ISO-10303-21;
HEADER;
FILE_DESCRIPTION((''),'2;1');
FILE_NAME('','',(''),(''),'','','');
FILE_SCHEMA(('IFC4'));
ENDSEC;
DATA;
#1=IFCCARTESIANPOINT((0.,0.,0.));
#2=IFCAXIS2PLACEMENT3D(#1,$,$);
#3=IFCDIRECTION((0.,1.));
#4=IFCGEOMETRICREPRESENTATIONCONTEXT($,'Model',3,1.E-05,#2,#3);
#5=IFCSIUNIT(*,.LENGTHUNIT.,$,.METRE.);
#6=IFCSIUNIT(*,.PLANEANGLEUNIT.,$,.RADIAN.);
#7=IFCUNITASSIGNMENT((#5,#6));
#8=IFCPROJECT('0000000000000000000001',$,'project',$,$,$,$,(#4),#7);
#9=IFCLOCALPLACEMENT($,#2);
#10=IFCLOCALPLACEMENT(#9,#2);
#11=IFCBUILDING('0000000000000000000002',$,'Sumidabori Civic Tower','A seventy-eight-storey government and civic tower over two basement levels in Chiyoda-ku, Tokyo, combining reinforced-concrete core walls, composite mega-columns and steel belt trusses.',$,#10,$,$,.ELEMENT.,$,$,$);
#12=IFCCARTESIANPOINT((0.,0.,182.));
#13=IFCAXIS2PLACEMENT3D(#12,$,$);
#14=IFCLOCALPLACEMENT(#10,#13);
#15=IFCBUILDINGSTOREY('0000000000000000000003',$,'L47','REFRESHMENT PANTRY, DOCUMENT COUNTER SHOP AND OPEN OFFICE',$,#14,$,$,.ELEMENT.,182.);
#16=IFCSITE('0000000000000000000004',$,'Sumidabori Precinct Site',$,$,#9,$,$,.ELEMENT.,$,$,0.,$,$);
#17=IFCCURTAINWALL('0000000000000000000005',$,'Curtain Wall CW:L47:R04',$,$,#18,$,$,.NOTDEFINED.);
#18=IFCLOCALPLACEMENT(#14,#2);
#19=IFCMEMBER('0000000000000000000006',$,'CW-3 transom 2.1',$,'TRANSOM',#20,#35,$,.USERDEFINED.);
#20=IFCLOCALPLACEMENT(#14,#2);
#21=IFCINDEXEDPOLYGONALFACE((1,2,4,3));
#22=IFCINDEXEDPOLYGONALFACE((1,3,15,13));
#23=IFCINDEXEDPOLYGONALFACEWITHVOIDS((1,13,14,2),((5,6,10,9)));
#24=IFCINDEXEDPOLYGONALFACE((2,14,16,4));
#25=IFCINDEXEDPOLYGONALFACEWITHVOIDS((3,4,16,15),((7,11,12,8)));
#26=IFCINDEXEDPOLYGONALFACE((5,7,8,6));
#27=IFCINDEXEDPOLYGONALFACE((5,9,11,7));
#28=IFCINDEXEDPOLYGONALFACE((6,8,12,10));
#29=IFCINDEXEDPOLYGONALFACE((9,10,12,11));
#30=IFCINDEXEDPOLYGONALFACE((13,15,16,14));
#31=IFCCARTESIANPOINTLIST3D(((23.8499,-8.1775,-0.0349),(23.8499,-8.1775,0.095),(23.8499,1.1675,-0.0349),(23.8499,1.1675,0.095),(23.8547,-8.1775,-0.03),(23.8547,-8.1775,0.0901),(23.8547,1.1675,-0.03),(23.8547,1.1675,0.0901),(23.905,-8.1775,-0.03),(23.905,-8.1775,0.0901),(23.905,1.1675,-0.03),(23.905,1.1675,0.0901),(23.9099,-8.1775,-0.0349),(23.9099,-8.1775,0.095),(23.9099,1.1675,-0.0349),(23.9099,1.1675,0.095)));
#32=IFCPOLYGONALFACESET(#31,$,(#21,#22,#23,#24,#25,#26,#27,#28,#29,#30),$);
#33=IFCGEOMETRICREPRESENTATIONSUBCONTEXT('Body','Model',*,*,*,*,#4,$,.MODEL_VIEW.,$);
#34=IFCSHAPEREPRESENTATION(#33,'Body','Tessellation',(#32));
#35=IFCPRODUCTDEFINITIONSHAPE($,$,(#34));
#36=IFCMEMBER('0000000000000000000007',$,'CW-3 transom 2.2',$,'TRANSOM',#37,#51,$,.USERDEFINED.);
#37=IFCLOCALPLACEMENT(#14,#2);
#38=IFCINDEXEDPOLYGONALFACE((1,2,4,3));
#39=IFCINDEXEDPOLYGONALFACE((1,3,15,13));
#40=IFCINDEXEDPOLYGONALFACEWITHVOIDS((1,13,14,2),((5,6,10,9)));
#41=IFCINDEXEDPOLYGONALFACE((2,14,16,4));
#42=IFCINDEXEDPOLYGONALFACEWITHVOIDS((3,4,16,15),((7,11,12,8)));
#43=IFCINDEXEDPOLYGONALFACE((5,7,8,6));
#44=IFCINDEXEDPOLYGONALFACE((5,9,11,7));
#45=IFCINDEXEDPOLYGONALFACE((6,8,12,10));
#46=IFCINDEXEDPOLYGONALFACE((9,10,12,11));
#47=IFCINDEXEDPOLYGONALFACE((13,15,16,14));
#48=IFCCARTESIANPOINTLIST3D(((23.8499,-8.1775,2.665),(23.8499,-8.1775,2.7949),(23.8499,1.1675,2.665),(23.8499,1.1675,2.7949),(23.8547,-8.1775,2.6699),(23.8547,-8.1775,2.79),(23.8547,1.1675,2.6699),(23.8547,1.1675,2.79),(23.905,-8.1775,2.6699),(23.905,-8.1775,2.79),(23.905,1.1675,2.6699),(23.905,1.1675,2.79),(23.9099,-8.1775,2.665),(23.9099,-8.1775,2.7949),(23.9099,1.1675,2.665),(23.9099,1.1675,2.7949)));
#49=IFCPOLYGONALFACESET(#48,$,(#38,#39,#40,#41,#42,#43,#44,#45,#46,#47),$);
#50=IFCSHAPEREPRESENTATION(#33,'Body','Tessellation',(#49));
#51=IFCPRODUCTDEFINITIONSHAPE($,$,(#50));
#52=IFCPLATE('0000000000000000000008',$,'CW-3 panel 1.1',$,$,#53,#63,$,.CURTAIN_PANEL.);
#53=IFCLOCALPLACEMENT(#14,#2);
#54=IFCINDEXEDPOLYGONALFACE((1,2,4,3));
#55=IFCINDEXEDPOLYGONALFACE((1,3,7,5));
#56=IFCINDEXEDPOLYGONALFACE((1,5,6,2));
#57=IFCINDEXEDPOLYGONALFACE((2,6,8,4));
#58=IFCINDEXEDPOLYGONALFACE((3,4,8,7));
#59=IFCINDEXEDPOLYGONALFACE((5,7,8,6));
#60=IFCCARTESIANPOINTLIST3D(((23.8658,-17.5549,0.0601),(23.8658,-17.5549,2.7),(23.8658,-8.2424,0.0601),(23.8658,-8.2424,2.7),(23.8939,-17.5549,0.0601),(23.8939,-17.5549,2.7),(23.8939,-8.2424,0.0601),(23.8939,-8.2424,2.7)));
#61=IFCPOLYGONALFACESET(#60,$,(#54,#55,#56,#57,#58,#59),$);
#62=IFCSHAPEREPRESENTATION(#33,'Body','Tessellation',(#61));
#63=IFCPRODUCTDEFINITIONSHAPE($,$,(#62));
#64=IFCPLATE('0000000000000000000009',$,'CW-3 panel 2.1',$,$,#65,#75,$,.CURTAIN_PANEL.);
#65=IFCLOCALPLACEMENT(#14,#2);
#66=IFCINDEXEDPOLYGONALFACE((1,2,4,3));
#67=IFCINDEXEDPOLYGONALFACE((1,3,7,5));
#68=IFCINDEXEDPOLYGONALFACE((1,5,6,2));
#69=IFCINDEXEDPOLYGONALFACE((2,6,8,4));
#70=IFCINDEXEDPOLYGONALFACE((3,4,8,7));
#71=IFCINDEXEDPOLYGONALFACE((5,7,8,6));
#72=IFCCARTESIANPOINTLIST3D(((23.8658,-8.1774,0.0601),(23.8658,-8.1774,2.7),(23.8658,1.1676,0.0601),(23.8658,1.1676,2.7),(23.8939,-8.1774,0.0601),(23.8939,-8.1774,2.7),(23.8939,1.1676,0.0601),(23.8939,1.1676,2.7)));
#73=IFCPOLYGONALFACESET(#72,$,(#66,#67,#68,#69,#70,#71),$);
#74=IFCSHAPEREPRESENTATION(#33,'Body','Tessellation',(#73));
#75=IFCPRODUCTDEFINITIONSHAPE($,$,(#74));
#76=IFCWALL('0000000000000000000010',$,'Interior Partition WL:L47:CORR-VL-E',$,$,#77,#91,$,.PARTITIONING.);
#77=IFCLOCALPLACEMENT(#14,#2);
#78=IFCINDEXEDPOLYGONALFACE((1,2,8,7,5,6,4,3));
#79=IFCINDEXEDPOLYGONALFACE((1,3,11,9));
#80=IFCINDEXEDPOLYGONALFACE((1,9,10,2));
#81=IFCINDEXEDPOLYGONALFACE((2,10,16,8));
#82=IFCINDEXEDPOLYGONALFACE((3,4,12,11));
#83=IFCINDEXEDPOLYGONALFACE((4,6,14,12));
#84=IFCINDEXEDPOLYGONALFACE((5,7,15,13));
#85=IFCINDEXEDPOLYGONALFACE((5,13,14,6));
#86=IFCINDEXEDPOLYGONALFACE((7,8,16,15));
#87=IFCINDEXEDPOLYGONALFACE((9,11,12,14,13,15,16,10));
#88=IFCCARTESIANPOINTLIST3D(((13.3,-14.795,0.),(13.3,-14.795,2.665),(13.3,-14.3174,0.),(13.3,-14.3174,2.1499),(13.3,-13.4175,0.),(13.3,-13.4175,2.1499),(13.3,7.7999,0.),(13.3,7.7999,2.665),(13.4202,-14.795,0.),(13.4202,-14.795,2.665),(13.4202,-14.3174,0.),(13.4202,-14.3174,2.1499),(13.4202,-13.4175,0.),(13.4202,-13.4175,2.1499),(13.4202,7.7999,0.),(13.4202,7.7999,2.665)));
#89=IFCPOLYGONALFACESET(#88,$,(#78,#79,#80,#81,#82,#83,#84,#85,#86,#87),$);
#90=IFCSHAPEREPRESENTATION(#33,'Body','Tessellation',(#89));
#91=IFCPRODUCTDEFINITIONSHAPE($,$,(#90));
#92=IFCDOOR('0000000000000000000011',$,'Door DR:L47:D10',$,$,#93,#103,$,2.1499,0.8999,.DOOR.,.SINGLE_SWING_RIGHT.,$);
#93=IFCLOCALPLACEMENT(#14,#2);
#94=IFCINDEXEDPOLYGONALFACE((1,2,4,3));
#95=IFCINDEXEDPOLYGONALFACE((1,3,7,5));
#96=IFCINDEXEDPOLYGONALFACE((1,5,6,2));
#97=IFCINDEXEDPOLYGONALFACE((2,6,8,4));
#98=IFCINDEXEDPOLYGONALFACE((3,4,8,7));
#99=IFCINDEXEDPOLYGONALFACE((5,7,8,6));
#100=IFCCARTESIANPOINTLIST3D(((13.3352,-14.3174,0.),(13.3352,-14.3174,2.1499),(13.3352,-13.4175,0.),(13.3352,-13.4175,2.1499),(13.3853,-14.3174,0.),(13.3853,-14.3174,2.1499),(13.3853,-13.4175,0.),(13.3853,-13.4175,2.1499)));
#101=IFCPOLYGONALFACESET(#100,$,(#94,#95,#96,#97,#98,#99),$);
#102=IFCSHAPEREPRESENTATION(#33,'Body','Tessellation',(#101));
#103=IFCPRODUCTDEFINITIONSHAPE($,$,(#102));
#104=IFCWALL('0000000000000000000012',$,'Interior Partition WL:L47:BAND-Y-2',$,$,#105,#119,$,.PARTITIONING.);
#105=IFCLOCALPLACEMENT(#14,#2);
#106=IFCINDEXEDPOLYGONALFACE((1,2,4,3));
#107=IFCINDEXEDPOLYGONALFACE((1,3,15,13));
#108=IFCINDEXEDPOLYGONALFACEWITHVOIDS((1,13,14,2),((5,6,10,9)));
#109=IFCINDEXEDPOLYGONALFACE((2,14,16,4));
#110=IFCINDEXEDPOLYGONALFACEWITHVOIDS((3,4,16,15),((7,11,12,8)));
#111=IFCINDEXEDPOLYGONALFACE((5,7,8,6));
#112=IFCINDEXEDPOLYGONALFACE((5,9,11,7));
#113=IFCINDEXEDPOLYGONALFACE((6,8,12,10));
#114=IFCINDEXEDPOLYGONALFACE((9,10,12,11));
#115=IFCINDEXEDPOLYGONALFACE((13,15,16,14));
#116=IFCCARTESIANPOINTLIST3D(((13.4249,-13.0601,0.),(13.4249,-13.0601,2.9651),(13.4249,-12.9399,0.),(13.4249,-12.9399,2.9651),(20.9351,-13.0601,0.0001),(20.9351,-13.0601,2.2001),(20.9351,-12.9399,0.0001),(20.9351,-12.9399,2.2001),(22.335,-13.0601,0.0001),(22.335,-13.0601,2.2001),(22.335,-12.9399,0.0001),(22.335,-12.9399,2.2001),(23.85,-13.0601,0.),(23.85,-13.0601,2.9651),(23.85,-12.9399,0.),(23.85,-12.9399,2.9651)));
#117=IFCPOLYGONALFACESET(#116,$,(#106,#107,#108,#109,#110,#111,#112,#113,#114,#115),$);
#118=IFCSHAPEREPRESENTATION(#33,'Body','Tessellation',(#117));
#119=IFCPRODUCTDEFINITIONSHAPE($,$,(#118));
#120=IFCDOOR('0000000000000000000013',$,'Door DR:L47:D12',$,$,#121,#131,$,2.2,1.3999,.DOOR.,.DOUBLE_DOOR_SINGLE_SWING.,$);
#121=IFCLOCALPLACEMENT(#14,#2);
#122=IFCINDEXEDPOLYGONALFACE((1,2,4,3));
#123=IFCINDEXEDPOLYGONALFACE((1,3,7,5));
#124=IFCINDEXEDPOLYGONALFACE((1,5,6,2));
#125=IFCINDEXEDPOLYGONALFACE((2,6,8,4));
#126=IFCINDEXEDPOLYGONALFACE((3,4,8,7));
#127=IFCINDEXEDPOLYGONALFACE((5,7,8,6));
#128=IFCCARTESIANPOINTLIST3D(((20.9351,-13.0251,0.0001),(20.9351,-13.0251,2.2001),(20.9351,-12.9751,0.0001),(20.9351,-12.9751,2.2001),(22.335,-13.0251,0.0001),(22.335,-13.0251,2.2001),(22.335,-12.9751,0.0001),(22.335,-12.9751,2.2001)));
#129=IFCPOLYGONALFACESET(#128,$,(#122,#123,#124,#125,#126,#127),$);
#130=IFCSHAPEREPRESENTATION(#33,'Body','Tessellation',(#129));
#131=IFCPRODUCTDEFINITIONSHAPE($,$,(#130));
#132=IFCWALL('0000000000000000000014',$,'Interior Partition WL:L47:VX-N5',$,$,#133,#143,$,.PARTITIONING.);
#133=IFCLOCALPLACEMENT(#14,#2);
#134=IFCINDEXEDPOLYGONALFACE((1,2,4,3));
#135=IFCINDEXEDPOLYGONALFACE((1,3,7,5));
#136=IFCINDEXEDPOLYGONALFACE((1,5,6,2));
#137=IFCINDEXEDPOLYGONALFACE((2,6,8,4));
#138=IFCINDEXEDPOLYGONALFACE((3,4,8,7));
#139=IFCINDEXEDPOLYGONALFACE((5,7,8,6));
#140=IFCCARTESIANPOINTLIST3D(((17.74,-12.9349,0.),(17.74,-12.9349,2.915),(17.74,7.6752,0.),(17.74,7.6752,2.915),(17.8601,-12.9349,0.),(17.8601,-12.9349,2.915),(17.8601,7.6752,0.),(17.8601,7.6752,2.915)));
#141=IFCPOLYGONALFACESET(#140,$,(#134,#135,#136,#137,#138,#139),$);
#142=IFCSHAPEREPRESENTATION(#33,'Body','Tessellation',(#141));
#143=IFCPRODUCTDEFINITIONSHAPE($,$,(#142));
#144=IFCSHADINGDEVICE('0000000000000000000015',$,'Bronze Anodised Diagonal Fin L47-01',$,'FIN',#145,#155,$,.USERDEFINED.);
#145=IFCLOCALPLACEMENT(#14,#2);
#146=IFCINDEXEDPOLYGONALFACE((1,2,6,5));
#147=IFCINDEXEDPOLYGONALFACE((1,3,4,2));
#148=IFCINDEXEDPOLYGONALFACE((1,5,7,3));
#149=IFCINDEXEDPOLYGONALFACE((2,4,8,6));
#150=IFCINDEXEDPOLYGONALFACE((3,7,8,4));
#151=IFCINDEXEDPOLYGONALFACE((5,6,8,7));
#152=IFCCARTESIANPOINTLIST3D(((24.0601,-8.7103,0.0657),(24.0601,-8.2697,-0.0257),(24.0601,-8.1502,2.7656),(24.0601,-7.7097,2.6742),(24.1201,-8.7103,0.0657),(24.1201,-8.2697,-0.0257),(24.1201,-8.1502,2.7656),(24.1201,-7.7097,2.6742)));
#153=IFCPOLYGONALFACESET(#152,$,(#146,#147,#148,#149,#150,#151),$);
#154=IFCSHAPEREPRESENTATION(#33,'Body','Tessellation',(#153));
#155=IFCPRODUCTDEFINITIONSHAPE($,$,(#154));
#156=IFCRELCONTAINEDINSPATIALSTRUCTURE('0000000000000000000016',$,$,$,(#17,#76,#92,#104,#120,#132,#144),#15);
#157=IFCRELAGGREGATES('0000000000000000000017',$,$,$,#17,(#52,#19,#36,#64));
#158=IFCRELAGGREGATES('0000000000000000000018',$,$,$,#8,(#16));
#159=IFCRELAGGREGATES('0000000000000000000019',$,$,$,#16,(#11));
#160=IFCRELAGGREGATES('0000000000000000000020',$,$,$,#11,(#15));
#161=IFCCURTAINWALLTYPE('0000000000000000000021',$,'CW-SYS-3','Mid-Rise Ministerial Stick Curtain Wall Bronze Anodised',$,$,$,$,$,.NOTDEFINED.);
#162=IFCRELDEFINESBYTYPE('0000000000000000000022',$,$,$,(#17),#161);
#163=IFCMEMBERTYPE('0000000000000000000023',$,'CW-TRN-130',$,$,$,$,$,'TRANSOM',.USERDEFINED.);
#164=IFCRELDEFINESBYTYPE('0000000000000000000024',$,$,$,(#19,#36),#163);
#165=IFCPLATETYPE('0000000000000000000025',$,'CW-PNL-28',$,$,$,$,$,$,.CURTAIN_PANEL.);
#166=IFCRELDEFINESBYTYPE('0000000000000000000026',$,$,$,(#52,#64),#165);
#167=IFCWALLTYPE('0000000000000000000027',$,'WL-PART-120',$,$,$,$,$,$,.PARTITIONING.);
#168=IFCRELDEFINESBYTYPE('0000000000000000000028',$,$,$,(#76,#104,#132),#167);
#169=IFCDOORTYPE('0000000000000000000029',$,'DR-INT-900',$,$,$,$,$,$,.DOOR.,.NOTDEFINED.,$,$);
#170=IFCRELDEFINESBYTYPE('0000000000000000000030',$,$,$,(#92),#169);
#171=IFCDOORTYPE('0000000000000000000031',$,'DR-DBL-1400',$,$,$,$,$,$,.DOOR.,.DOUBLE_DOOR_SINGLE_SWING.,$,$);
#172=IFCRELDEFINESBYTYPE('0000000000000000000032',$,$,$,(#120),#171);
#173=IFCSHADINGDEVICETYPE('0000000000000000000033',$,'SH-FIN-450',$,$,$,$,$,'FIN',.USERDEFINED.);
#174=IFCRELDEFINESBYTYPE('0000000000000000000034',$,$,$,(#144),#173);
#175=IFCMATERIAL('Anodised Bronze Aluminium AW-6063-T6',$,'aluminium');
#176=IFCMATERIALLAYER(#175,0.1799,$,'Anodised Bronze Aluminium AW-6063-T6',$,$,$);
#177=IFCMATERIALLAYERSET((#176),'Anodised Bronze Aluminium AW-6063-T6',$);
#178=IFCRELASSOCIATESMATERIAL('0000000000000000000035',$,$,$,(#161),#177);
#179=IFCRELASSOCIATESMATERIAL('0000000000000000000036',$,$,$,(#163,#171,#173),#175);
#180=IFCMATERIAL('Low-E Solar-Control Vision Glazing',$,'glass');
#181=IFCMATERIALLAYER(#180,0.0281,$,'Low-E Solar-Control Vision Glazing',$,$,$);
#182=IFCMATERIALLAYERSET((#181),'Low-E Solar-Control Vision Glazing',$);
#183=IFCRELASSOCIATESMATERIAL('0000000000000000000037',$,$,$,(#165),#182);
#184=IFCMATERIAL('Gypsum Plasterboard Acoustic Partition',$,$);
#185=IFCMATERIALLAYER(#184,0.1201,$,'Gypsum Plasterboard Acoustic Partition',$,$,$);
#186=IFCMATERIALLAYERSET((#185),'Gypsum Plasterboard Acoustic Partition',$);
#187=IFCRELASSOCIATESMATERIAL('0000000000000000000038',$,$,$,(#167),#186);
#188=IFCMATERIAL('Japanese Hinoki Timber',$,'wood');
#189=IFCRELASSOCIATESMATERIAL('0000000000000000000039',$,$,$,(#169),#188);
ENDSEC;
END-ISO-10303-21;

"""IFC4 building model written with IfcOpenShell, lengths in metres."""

from ifc_helpers import new_model, si_unit, direction, frame, frame_2d, origin, origin_2d, place, context, subcontext, project, spatial, rectangle, hollow_rectangle, extrude, source, transform, mapped, material, layer, layer_set, material_profile, profile_set, type_object, element, fill, aggregate, save


model = new_model("IFC4")

# Units and contexts
model_context = context("Model", 3, precision=1e-05, world=origin(), true_north=direction((0.0, 1.0)))
body_context = subcontext(model_context, "Body", "Model", "MODEL_VIEW")
ifc_project = project(units=[si_unit("LENGTHUNIT", "METRE"), si_unit("PLANEANGLEUNIT", "RADIAN")], contexts=[model_context])

# Site, building, storey
site_placement = place(None, origin())
site = spatial("IfcSite", under=ifc_project, at=site_placement, Name="Sumidabori Precinct Site", CompositionType="ELEMENT", RefElevation=0.0)
building_placement = place(site_placement, origin())
building = spatial("IfcBuilding", under=site, at=building_placement, Name="Sumidabori Civic Tower", Description="A seventy-eight-storey government and civic tower over two basement levels in Chiyoda-ku, Tokyo, combining reinforced-concrete core walls, composite mega-columns and steel belt trusses.", CompositionType="ELEMENT")
storey_placement = place(building_placement, frame((0.0, 0.0, 182.0)))
storey = spatial("IfcBuildingStorey", under=building, at=storey_placement, Name="L47", Description="REFRESHMENT PANTRY, DOCUMENT COUNTER SHOP AND OPEN OFFICE", CompositionType="ELEMENT", Elevation=182.0)

# Curtain wall, members, plates
ifc_material_1 = material(Name="Anodised Bronze Aluminium AW-6063-T6", Category="aluminium")
ifc_layer_1 = layer(ifc_material_1, 0.1799, Name="Anodised Bronze Aluminium AW-6063-T6")
ifc_layer_set_1 = layer_set([ifc_layer_1], Name="Anodised Bronze Aluminium AW-6063-T6")
curtain_wall_type = type_object("IfcCurtainWallType", Name="CW-SYS-3", Description="Mid-Rise Ministerial Stick Curtain Wall Bronze Anodised", PredefinedType="NOTDEFINED", material=ifc_layer_set_1)
curtain_wall_placement = place(storey_placement, origin())
curtain_wall = element("IfcCurtainWall", 1, at=curtain_wall_placement, inside=storey, type_object=curtain_wall_type, Name="Curtain Wall CW:L47:R04", PredefinedType="NOTDEFINED")
ifc_material_profile_1 = material_profile(ifc_material_1, hollow_rectangle(XDim=0.0601, YDim=0.1299, WallThickness=0.0049, at=origin_2d()), Name="ALU TRANSOM 130x60")
ifc_profile_set_1 = profile_set([ifc_material_profile_1], Name="Anodised Bronze Aluminium AW-6063-T6")
member_type_1 = type_object("IfcMemberType", Name="CW-TRN-130", ElementType="TRANSOM", PredefinedType="USERDEFINED", material=ifc_profile_set_1)
shared_shape_1 = source(origin(), body_context, "Body", "SweptSolid", [
    extrude(hollow_rectangle(XDim=0.0601, YDim=0.1299, WallThickness=0.0049, at=origin_2d()), origin(), (0.0, 0.0, 1.0), 9.345),
])
member_1_placement = place(storey_placement, frame((23.8799, -8.1775, 0.03), z_axis=(0.0, 1.0, 0.0), x_axis=(-1.0, 0.0, 0.0)))
member_1 = element("IfcMember", 2, at=member_1_placement, type_object=member_type_1, Name="CW-3 transom 2.1", ObjectType="TRANSOM", PredefinedType="USERDEFINED", context=body_context, shape_type="MappedRepresentation", body=[
    mapped(shared_shape_1, transform((0.0, 0.0, 0.0), x_axis=(1.0, 0.0, 0.0), y_axis=(0.0, 1.0, 0.0), z_axis=(0.0, 0.0, 1.0), scale=1.0)),
])
member_2_placement = place(storey_placement, frame((23.8799, -8.1775, 2.73), z_axis=(0.0, 1.0, 0.0), x_axis=(-1.0, 0.0, 0.0)))
member_2 = element("IfcMember", 3, at=member_2_placement, type_object=member_type_1, Name="CW-3 transom 2.2", ObjectType="TRANSOM", PredefinedType="USERDEFINED", context=body_context, shape_type="MappedRepresentation", body=[
    mapped(shared_shape_1, transform((0.0, 0.0, 0.0), x_axis=(1.0, 0.0, 0.0), y_axis=(0.0, 1.0, 0.0), z_axis=(0.0, 0.0, 1.0), scale=1.0)),
])
ifc_material_2 = material(Name="Low-E Solar-Control Vision Glazing", Category="glass")
ifc_layer_2 = layer(ifc_material_2, 0.0281, Name="Low-E Solar-Control Vision Glazing")
ifc_layer_set_2 = layer_set([ifc_layer_2], Name="Low-E Solar-Control Vision Glazing")
plate_type = type_object("IfcPlateType", Name="CW-PNL-28", PredefinedType="CURTAIN_PANEL", material=ifc_layer_set_2)
shared_shape_2 = source(origin(), body_context, "Body", "SweptSolid", [
    extrude(rectangle(XDim=9.3125, YDim=0.0281, at=origin_2d()), origin(), (0.0, 0.0, 1.0), 2.6399),
])
plate_1_placement = place(storey_placement, frame((23.8799, -12.8987, 0.0601), z_axis=(0.0, 0.0, 1.0), x_axis=(0.0, 1.0, 0.0)))
plate_1 = element("IfcPlate", 4, at=plate_1_placement, type_object=plate_type, Name="CW-3 panel 1.1", PredefinedType="CURTAIN_PANEL", context=body_context, shape_type="MappedRepresentation", body=[
    mapped(shared_shape_2, transform((0.0, 0.0, 0.0), x_axis=(1.0, 0.0, 0.0), y_axis=(0.0, 1.0, 0.0), z_axis=(0.0, 0.0, 1.0), scale=1.0)),
])
shared_shape_3 = source(origin(), body_context, "Body", "SweptSolid", [
    extrude(rectangle(XDim=9.345, YDim=0.0281, at=origin_2d()), origin(), (0.0, 0.0, 1.0), 2.6399),
])
plate_2_placement = place(storey_placement, frame((23.8799, -3.5049, 0.0601), z_axis=(0.0, 0.0, 1.0), x_axis=(0.0, 1.0, 0.0)))
plate_2 = element("IfcPlate", 5, at=plate_2_placement, type_object=plate_type, Name="CW-3 panel 2.1", PredefinedType="CURTAIN_PANEL", context=body_context, shape_type="MappedRepresentation", body=[
    mapped(shared_shape_3, transform((0.0, 0.0, 0.0), x_axis=(1.0, 0.0, 0.0), y_axis=(0.0, 1.0, 0.0), z_axis=(0.0, 0.0, 1.0), scale=1.0)),
])
aggregate(curtain_wall, [plate_1, member_1, member_2, plate_2])

# Walls, openings, doors
ifc_material_3 = material(Name="Gypsum Plasterboard Acoustic Partition")
ifc_layer_3 = layer(ifc_material_3, 0.1201, Name="Gypsum Plasterboard Acoustic Partition")
ifc_layer_set_3 = layer_set([ifc_layer_3], Name="Gypsum Plasterboard Acoustic Partition")
wall_type = type_object("IfcWallType", Name="WL-PART-120", PredefinedType="PARTITIONING", material=ifc_layer_set_3)
shared_shape_4 = source(origin(), body_context, "Body", "SweptSolid", [
    extrude(rectangle(XDim=22.595, YDim=0.1201, at=frame_2d((11.2974, 0.0))), origin(), (0.0, 0.0, 1.0), 2.665),
])
wall_1_placement = place(storey_placement, frame((13.3601, -14.7949, 0.0), z_axis=(0.0, 0.0, 1.0), x_axis=(0.0, 1.0, 0.0)))
wall_1 = element("IfcWall", 6, at=wall_1_placement, inside=storey, type_object=wall_type, Name="Interior Partition WL:L47:CORR-VL-E", PredefinedType="PARTITIONING", context=body_context, shape_type="MappedRepresentation", body=[
    mapped(shared_shape_4, transform((0.0, 0.0, 0.0), x_axis=(1.0, 0.0, 0.0), y_axis=(0.0, 1.0, 0.0), z_axis=(0.0, 0.0, 1.0), scale=1.0)),
])
opening_1_placement = place(wall_1_placement, frame((0.4775, 0.0, 0.0)))
opening_1 = element("IfcOpeningElement", 7, at=opening_1_placement, cuts=wall_1, PredefinedType="OPENING", context=body_context, shape_type="SweptSolid", body=[
    extrude(rectangle(XDim=0.8999, YDim=2.1499, at=frame_2d((0.45, 1.075))), frame((0.0, 0.072, 0.0), z_axis=(0.0, -1.0, 0.0), x_axis=(1.0, 0.0, 0.0)), (0.0, 0.0, 1.0), 0.144),
])
ifc_material_4 = material(Name="Japanese Hinoki Timber", Category="wood")
door_type_1 = type_object("IfcDoorType", Name="DR-INT-900", OperationType="NOTDEFINED", PredefinedType="DOOR", material=ifc_material_4)
shared_shape_5 = source(origin(), body_context, "Body", "SweptSolid", [
    extrude(rectangle(XDim=0.8999, YDim=2.1499, at=frame_2d((0.45, 1.075))), frame((0.0, 0.0249, 0.0), z_axis=(0.0, -1.0, 0.0), x_axis=(1.0, 0.0, 0.0)), (0.0, 0.0, 1.0), 0.05),
])
door_1_placement = place(opening_1_placement, origin())
door_1 = element("IfcDoor", 8, at=door_1_placement, inside=storey, type_object=door_type_1, Name="Door DR:L47:D10", OperationType="SINGLE_SWING_RIGHT", OverallHeight=2.1499, OverallWidth=0.8999, PredefinedType="DOOR", context=body_context, shape_type="MappedRepresentation", body=[
    mapped(shared_shape_5, transform((0.0, 0.0, 0.0), x_axis=(1.0, 0.0, 0.0), y_axis=(0.0, 1.0, 0.0), z_axis=(0.0, 0.0, 1.0), scale=1.0)),
])
fill(opening_1, door_1)
shared_shape_6 = source(origin(), body_context, "Body", "SweptSolid", [
    extrude(rectangle(XDim=10.425, YDim=0.1201, at=frame_2d((5.2124, 0.0))), origin(), (0.0, 0.0, 1.0), 2.9651),
])
wall_2_placement = place(storey_placement, frame((13.425, -13.0, 0.0), z_axis=(0.0, 0.0, 1.0), x_axis=(1.0, 0.0, 0.0)))
wall_2 = element("IfcWall", 9, at=wall_2_placement, inside=storey, type_object=wall_type, Name="Interior Partition WL:L47:BAND-Y-2", PredefinedType="PARTITIONING", context=body_context, shape_type="MappedRepresentation", body=[
    mapped(shared_shape_6, transform((0.0, 0.0, 0.0), x_axis=(1.0, 0.0, 0.0), y_axis=(0.0, 1.0, 0.0), z_axis=(0.0, 0.0, 1.0), scale=1.0)),
])
opening_2_placement = place(wall_2_placement, frame((7.51, 0.0, 0.0)))
opening_2 = element("IfcOpeningElement", 10, at=opening_2_placement, cuts=wall_2, PredefinedType="OPENING", context=body_context, shape_type="SweptSolid", body=[
    extrude(rectangle(XDim=1.3999, YDim=2.2, at=frame_2d((0.7, 1.1001))), frame((0.0, 0.072, 0.0), z_axis=(0.0, -1.0, 0.0), x_axis=(1.0, 0.0, 0.0)), (0.0, 0.0, 1.0), 0.144),
])
door_type_2 = type_object("IfcDoorType", Name="DR-DBL-1400", OperationType="DOUBLE_DOOR_SINGLE_SWING", PredefinedType="DOOR", material=ifc_material_1)
shared_shape_7 = source(origin(), body_context, "Body", "SweptSolid", [
    extrude(rectangle(XDim=1.3999, YDim=2.2, at=frame_2d((0.7, 1.1001))), frame((0.0, 0.0249, 0.0), z_axis=(0.0, -1.0, 0.0), x_axis=(1.0, 0.0, 0.0)), (0.0, 0.0, 1.0), 0.05),
])
door_2_placement = place(opening_2_placement, origin())
door_2 = element("IfcDoor", 11, at=door_2_placement, inside=storey, type_object=door_type_2, Name="Door DR:L47:D12", OperationType="DOUBLE_DOOR_SINGLE_SWING", OverallHeight=2.2, OverallWidth=1.3999, PredefinedType="DOOR", context=body_context, shape_type="MappedRepresentation", body=[
    mapped(shared_shape_7, transform((0.0, 0.0, 0.0), x_axis=(1.0, 0.0, 0.0), y_axis=(0.0, 1.0, 0.0), z_axis=(0.0, 0.0, 1.0), scale=1.0)),
])
fill(opening_2, door_2)

# Wall
shared_shape_8 = source(origin(), body_context, "Body", "SweptSolid", [
    extrude(rectangle(XDim=20.6101, YDim=0.1201, at=frame_2d((10.3052, 0.0))), origin(), (0.0, 0.0, 1.0), 2.915),
])
wall_3_placement = place(storey_placement, frame((17.8, -12.9351, 0.0), z_axis=(0.0, 0.0, 1.0), x_axis=(0.0, 1.0, 0.0)))
element("IfcWall", 12, at=wall_3_placement, inside=storey, type_object=wall_type, Name="Interior Partition WL:L47:VX-N5", PredefinedType="PARTITIONING", context=body_context, shape_type="MappedRepresentation", body=[
    mapped(shared_shape_8, transform((0.0, 0.0, 0.0), x_axis=(1.0, 0.0, 0.0), y_axis=(0.0, 1.0, 0.0), z_axis=(0.0, 0.0, 1.0), scale=1.0)),
])

# Shading device
ifc_material_profile_2 = material_profile(ifc_material_1, rectangle(XDim=0.0601, YDim=0.45, at=origin_2d()), Name="BRONZE FIN 450x60")
ifc_profile_set_2 = profile_set([ifc_material_profile_2], Name="Anodised Bronze Aluminium AW-6063-T6")
shading_device_type = type_object("IfcShadingDeviceType", Name="SH-FIN-450", ElementType="FIN", PredefinedType="USERDEFINED", material=ifc_profile_set_2)
shared_shape_9 = source(origin(), body_context, "Body", "SweptSolid", [
    extrude(rectangle(XDim=0.0601, YDim=0.45, at=origin_2d()), origin(), (0.0, 0.0, 1.0), 2.7573),
])
shading_device_placement = place(storey_placement, frame((24.0901, -8.49, 0.02), z_axis=(0.0, 0.203109, 0.979156), x_axis=(-1.0, 0.0, 0.0)))
element("IfcShadingDevice", 13, at=shading_device_placement, inside=storey, type_object=shading_device_type, Name="Bronze Anodised Diagonal Fin L47-01", ObjectType="FIN", PredefinedType="USERDEFINED", context=body_context, shape_type="MappedRepresentation", body=[
    mapped(shared_shape_9, transform((0.0, 0.0, 0.0), x_axis=(1.0, 0.0, 0.0), y_axis=(0.0, 1.0, 0.0), z_axis=(0.0, 0.0, 1.0), scale=1.0)),
])

save(model, "model.ifc")
